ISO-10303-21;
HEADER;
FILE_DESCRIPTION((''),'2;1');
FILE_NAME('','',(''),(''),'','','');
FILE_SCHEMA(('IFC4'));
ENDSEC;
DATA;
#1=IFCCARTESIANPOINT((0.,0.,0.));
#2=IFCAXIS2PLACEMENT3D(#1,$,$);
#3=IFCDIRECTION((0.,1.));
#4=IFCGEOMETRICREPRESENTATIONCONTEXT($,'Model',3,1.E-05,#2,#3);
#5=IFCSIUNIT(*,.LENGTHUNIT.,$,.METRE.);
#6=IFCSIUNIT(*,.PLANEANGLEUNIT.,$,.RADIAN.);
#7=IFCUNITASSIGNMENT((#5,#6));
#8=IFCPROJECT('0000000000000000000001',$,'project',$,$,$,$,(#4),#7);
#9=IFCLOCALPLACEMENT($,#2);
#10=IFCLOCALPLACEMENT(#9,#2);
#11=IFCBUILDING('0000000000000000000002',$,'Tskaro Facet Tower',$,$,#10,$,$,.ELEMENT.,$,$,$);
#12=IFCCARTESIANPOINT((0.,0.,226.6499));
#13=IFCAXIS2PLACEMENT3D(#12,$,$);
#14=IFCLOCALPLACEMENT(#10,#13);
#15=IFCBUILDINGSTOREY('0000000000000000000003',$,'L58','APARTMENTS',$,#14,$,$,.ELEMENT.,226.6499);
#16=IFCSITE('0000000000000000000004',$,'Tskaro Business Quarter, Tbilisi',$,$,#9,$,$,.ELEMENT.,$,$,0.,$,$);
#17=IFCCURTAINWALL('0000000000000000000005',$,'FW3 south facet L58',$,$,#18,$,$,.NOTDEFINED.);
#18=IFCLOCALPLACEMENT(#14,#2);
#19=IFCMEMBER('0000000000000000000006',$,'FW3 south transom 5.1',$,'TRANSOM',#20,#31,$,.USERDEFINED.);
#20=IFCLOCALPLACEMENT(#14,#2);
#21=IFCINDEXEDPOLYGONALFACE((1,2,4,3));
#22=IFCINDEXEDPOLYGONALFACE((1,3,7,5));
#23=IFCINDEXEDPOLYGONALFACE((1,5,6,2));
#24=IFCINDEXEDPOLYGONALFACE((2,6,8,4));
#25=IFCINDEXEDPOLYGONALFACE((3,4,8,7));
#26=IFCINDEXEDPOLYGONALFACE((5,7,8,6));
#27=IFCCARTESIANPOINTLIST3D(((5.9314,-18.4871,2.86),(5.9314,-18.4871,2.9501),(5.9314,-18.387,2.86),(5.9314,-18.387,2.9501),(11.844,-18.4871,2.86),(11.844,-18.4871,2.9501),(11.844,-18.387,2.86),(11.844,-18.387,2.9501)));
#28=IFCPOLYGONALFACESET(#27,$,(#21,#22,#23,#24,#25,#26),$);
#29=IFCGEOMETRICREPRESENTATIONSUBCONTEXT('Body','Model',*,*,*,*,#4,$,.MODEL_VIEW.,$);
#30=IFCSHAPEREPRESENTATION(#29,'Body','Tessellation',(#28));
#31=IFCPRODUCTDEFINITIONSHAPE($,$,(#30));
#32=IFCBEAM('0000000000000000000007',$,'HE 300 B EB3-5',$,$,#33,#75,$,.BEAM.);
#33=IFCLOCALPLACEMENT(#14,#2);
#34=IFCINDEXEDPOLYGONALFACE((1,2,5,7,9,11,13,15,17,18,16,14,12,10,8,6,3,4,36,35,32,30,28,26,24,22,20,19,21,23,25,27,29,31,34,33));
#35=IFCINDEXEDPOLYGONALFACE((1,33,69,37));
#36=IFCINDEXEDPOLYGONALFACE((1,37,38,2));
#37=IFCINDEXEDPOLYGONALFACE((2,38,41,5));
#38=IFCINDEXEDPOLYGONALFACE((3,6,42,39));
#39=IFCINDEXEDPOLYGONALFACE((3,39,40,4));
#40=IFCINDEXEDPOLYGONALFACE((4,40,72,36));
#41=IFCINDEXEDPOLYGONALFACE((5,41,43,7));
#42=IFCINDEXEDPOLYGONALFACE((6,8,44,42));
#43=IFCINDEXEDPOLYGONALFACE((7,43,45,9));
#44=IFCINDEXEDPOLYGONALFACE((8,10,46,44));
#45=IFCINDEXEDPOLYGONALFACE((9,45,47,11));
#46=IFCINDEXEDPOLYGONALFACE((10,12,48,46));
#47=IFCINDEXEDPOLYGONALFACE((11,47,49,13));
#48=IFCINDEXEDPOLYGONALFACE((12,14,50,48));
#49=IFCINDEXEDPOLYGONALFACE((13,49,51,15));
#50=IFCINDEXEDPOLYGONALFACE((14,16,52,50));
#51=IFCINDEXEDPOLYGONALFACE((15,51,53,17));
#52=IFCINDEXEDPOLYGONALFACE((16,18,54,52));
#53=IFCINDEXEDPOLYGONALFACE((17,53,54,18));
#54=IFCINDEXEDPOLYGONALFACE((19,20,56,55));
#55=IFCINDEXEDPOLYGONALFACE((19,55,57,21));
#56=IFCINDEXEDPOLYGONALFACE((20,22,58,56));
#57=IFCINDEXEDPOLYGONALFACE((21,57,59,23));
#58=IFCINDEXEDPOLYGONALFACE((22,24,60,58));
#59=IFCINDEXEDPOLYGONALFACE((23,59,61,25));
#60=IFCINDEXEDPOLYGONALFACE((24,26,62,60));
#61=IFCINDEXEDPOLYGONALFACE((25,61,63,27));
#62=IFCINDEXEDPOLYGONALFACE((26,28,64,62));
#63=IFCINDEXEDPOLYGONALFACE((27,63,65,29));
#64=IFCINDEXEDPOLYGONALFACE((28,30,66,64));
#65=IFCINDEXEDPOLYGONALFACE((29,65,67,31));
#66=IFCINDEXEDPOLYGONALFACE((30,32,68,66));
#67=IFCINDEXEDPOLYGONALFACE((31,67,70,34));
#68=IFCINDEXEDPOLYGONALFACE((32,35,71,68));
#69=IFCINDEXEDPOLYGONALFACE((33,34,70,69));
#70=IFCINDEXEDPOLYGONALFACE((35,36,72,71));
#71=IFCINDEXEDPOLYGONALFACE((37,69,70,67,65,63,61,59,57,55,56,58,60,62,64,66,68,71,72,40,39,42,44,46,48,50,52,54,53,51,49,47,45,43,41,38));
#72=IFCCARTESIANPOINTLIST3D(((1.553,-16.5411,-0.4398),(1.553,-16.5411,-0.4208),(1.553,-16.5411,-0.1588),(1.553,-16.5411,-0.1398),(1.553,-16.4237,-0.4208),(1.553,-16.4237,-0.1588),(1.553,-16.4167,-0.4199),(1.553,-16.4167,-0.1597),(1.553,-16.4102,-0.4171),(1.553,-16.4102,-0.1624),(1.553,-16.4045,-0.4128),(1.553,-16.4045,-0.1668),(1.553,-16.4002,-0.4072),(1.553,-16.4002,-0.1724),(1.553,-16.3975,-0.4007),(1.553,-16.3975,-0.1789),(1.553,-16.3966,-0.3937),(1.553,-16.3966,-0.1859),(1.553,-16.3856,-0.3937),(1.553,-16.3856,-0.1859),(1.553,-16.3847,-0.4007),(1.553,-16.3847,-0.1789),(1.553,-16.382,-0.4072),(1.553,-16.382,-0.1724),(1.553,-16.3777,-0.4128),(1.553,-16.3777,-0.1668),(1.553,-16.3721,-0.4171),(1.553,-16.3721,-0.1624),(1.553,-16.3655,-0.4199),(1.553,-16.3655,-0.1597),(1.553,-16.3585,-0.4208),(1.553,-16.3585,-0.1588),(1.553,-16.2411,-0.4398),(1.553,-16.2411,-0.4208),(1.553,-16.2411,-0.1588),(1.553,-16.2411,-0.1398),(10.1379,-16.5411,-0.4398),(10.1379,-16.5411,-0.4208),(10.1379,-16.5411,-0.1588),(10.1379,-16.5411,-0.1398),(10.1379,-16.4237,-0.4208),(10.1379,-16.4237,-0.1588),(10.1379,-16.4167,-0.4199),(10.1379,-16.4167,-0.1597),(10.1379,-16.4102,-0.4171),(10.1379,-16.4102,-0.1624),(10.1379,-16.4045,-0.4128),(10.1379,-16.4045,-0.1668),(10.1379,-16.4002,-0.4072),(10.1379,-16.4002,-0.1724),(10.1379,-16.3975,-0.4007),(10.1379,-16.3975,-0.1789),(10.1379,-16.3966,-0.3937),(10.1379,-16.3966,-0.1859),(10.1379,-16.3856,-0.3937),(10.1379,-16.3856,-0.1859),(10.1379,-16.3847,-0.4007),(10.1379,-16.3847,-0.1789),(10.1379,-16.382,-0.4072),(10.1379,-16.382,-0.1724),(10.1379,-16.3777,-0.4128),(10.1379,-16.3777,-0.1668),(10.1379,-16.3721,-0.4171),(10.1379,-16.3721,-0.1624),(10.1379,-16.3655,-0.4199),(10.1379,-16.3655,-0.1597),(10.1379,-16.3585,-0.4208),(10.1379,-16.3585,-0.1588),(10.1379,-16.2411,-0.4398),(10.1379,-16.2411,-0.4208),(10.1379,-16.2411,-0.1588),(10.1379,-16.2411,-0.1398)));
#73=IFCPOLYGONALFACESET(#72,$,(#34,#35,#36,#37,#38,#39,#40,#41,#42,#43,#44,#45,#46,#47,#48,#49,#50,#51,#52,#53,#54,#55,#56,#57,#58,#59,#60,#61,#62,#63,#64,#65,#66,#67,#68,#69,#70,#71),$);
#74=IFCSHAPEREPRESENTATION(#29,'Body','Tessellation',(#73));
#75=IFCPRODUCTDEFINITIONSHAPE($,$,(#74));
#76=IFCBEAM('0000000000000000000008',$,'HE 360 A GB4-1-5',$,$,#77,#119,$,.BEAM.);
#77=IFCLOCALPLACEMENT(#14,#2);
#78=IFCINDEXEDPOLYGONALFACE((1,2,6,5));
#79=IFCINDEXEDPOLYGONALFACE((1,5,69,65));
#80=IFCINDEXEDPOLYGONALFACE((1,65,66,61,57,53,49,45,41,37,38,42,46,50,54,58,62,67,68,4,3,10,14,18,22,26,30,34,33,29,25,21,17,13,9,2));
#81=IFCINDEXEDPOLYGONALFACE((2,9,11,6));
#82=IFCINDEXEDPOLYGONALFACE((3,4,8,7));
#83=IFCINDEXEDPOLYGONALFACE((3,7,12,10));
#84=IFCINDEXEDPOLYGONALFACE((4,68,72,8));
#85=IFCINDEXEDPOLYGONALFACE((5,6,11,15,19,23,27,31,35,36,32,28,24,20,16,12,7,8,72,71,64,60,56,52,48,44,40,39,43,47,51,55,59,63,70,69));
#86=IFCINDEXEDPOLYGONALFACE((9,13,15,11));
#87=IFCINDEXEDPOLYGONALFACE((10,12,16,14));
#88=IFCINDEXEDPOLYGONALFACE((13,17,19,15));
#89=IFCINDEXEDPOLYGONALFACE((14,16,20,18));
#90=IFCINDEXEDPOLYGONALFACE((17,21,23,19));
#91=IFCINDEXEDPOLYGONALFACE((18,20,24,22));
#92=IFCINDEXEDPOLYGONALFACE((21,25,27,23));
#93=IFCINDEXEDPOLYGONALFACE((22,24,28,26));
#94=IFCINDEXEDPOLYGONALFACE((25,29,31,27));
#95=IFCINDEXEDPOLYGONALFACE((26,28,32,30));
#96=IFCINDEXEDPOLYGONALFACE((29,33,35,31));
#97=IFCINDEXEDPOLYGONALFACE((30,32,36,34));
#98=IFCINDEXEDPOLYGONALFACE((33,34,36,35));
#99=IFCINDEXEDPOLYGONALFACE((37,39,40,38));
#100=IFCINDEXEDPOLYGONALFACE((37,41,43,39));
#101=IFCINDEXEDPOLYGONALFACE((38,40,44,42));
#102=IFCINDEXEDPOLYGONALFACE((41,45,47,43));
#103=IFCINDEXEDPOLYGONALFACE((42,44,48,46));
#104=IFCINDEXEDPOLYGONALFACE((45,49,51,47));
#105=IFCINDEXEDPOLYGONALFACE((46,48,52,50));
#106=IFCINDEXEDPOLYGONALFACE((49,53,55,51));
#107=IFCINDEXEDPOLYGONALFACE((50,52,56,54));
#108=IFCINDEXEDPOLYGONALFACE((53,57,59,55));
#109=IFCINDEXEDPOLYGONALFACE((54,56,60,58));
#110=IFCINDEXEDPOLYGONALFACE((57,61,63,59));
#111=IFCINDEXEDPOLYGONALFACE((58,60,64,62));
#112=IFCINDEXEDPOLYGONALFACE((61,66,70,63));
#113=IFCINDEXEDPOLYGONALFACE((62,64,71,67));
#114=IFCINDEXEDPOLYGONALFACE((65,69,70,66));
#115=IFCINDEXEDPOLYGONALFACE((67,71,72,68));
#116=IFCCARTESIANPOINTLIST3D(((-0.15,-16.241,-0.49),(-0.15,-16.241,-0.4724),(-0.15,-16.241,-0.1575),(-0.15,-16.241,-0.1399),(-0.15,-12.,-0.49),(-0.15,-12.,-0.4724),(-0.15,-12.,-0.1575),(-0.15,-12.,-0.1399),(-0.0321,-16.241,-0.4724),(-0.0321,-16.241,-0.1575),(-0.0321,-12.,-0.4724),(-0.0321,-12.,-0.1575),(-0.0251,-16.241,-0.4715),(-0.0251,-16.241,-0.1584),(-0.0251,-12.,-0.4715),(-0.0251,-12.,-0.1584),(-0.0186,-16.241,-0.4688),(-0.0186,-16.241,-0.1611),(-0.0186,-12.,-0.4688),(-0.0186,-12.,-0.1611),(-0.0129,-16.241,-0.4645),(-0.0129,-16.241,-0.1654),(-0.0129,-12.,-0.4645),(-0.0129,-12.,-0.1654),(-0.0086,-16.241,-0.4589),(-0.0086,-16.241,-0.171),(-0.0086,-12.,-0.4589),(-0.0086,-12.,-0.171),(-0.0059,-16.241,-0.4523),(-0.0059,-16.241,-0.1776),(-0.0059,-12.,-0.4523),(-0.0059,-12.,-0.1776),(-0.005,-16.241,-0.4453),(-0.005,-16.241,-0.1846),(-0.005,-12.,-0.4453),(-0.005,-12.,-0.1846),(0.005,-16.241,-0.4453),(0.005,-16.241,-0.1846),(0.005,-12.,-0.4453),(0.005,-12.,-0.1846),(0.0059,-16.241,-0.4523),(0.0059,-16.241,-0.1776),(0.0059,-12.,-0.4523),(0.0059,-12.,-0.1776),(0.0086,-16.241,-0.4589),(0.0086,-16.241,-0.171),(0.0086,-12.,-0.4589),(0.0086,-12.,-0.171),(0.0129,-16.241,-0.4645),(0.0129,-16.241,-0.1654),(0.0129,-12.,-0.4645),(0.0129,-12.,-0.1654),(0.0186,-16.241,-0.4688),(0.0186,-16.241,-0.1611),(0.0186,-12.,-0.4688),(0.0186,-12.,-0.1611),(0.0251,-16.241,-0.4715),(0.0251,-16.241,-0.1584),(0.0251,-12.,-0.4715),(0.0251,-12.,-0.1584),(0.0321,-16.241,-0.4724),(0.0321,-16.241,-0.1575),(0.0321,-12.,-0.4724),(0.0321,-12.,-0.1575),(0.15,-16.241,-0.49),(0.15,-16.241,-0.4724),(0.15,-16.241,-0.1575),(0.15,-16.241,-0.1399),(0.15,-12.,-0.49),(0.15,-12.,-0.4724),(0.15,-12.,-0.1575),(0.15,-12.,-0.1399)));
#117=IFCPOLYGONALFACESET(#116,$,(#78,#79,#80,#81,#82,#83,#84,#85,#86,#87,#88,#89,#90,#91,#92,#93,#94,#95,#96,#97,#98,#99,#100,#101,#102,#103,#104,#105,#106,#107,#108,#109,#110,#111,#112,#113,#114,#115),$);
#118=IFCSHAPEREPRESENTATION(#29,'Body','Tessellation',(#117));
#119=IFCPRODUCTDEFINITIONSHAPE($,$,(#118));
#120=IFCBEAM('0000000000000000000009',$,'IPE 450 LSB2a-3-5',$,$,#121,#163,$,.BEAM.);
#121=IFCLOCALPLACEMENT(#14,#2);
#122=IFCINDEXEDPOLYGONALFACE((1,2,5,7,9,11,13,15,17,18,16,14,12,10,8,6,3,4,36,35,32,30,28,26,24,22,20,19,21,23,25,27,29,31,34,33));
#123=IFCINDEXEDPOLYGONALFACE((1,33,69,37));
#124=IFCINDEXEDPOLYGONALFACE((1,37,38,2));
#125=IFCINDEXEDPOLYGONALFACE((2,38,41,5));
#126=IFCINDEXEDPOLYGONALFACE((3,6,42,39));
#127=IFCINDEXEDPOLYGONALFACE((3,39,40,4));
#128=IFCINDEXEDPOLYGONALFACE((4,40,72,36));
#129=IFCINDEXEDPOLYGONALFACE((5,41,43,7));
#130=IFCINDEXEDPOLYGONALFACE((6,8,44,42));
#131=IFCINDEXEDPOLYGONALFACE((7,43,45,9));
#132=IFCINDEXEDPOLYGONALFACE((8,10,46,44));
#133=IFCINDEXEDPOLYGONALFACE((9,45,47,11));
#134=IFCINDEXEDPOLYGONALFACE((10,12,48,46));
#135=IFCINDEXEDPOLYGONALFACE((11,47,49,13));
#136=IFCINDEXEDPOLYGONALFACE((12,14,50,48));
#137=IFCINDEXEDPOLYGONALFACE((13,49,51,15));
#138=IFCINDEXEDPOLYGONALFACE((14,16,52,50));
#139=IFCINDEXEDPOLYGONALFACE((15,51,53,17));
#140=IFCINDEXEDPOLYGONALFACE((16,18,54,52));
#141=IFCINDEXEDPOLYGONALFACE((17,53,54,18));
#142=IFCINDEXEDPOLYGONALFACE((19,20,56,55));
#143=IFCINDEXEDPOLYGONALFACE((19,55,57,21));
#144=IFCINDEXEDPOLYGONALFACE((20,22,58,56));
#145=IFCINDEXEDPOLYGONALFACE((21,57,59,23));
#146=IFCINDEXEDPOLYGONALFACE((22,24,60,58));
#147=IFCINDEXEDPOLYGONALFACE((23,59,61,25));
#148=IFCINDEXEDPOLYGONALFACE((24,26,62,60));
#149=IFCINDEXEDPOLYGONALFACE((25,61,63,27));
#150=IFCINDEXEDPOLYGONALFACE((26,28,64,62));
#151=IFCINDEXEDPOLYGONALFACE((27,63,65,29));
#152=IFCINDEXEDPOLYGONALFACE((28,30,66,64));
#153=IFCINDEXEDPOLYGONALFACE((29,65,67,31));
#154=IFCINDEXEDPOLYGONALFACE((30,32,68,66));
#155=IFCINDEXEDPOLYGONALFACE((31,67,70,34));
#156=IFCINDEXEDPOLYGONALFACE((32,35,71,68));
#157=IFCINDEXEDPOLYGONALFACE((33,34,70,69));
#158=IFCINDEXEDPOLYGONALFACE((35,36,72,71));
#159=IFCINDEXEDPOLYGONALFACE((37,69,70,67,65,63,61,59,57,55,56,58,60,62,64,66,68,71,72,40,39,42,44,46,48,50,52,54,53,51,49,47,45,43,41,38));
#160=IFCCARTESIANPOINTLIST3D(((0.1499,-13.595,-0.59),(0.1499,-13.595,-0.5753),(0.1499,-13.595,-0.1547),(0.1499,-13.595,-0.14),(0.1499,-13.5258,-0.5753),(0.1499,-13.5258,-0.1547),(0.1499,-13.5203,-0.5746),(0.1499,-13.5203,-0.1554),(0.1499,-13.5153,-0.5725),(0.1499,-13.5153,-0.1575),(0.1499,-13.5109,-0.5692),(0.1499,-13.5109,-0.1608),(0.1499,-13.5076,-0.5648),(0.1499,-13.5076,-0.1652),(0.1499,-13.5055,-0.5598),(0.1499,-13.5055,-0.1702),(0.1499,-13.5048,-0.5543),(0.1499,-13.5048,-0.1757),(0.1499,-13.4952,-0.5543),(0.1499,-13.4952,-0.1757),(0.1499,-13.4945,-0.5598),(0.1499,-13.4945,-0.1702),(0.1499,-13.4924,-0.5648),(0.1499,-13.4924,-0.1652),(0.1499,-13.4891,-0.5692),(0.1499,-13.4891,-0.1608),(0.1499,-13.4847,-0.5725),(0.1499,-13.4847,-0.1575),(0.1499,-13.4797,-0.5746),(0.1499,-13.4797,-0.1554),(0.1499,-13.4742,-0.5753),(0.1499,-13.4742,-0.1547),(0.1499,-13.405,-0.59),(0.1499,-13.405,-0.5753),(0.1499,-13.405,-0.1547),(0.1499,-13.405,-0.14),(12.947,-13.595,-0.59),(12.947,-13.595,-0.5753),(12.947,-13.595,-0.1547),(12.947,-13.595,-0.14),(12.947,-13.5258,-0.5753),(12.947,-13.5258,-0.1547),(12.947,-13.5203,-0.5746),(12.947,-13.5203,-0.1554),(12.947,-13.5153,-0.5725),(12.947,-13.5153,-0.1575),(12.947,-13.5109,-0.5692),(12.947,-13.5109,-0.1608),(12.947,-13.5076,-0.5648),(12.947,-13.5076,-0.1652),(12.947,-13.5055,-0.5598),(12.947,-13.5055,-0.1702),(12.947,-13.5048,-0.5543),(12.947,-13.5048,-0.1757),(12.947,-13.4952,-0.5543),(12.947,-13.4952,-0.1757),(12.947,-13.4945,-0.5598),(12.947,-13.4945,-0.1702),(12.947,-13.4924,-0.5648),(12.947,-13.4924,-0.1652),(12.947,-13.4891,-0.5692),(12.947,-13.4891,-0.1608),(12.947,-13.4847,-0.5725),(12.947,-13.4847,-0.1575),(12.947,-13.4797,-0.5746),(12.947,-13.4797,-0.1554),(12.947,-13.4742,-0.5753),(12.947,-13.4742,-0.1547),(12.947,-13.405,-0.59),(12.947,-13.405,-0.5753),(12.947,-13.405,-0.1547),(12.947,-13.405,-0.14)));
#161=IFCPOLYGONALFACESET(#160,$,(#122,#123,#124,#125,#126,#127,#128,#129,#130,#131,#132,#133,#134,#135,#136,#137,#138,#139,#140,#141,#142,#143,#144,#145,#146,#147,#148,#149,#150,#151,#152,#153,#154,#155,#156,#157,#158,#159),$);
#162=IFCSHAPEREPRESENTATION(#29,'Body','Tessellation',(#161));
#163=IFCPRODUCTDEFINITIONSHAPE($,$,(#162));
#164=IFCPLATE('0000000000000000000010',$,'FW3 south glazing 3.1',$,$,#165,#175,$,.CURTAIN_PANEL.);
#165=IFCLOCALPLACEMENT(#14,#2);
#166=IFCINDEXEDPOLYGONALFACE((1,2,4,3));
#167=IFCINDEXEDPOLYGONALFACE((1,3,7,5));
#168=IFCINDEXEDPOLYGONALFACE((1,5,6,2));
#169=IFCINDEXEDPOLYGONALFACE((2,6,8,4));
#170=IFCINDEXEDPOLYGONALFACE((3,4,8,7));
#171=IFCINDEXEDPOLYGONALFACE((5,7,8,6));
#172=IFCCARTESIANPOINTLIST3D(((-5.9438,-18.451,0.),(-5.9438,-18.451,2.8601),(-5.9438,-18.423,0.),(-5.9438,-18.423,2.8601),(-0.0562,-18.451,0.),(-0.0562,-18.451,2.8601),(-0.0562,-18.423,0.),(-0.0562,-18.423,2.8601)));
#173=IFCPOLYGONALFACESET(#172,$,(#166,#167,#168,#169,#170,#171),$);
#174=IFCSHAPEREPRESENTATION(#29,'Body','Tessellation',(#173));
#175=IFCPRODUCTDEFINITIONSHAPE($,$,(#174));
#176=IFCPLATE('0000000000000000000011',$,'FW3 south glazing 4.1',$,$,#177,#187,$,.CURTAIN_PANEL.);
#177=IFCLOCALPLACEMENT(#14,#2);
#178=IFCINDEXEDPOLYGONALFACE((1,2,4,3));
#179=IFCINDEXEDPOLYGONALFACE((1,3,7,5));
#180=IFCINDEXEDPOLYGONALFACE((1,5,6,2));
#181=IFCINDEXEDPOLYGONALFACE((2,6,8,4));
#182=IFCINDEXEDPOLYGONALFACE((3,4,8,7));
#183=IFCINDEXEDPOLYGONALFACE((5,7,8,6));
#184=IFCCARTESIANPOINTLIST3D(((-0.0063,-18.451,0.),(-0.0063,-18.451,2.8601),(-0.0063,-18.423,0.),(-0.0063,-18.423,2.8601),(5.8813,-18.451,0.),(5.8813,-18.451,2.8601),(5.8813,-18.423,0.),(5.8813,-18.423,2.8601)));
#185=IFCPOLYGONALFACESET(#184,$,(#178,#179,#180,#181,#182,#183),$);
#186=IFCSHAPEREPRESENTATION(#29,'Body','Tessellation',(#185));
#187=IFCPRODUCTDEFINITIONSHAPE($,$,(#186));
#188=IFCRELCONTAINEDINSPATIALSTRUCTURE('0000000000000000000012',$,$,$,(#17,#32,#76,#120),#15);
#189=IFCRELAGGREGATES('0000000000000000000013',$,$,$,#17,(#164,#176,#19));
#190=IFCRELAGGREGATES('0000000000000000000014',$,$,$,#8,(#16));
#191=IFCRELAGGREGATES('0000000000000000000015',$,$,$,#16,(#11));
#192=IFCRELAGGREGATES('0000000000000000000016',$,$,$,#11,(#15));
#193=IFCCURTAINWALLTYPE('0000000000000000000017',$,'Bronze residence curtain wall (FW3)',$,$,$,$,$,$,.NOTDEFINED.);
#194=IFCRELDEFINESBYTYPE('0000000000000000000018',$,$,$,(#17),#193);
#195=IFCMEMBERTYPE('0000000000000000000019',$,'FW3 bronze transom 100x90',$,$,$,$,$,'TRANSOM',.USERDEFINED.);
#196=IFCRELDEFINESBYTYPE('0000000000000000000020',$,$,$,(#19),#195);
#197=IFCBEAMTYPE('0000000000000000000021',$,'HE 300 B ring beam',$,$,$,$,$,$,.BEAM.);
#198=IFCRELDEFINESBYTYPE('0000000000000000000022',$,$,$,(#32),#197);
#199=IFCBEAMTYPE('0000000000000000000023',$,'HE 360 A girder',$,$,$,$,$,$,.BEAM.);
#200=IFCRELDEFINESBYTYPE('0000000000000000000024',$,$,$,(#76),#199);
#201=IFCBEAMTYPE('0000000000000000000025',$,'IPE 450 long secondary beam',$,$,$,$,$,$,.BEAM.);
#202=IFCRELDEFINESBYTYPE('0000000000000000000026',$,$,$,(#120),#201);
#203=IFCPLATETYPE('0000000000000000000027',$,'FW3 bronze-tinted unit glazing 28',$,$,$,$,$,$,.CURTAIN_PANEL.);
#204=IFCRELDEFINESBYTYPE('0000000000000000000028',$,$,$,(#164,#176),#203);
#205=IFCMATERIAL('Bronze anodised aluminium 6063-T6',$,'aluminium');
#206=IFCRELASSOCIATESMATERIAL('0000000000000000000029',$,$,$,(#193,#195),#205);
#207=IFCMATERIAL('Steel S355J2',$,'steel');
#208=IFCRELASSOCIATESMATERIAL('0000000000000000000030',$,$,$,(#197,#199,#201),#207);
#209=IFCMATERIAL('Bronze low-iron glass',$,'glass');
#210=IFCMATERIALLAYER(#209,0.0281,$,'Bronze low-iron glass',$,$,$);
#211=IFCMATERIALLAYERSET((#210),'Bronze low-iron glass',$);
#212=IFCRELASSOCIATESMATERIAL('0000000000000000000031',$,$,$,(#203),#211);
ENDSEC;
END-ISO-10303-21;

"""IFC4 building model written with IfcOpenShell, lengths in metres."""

from ifc_helpers import new_model, si_unit, direction, frame, origin, origin_2d, place, context, subcontext, project, spatial, rectangle, i_section, extrude, material, layer, layer_set, material_profile, profile_set, type_object, element, aggregate, save


model = new_model("IFC4")

# Units and contexts
model_context = context("Model", 3, precision=1e-05, world=origin(), true_north=direction((0.0, 1.0)))
body_context = subcontext(model_context, "Body", "Model", "MODEL_VIEW")
ifc_project = project(units=[si_unit("LENGTHUNIT", "METRE"), si_unit("PLANEANGLEUNIT", "RADIAN")], contexts=[model_context])

# Site, building, storey
site_placement = place(None, origin())
site = spatial("IfcSite", under=ifc_project, at=site_placement, Name="Tskaro Business Quarter, Tbilisi", CompositionType="ELEMENT", RefElevation=0.0)
building_placement = place(site_placement, origin())
building = spatial("IfcBuilding", under=site, at=building_placement, Name="Tskaro Facet Tower", CompositionType="ELEMENT")
storey_placement = place(building_placement, frame((0.0, 0.0, 226.6499)))
storey = spatial("IfcBuildingStorey", under=building, at=storey_placement, Name="L58", Description="APARTMENTS", CompositionType="ELEMENT", Elevation=226.6499)

# Shared definitions
ifc_material_1 = material(Name="Steel S355J2", Category="steel")

# Curtain wall, member
ifc_material_2 = material(Name="Bronze anodised aluminium 6063-T6", Category="aluminium")
curtain_wall_type = type_object("IfcCurtainWallType", Name="Bronze residence curtain wall (FW3)", PredefinedType="NOTDEFINED", material=ifc_material_2)
curtain_wall_placement = place(storey_placement, origin())
curtain_wall = element("IfcCurtainWall", 1, at=curtain_wall_placement, inside=storey, type_object=curtain_wall_type, Name="FW3 south facet L58", PredefinedType="NOTDEFINED")
ifc_material_profile_1 = material_profile(ifc_material_2, rectangle(XDim=0.1001, YDim=0.0901, at=origin_2d()), Name="Transom 100x90")
ifc_profile_set_1 = profile_set([ifc_material_profile_1], Name="Bronze anodised aluminium 6063-T6")
member_type_1 = type_object("IfcMemberType", Name="FW3 bronze transom 100x90", ElementType="TRANSOM", PredefinedType="USERDEFINED", material=ifc_profile_set_1)
member_1_placement = place(storey_placement, frame((5.9314, -18.437, 2.905), z_axis=(1.0, 0.0, 0.0), x_axis=(0.0, 1.0, 0.0)))
member_1 = element("IfcMember", 2, at=member_1_placement, type_object=member_type_1, Name="FW3 south transom 5.1", ObjectType="TRANSOM", PredefinedType="USERDEFINED", context=body_context, shape_type="SweptSolid", body=[
    extrude(rectangle(XDim=0.1001, YDim=0.0901, at=origin_2d()), origin(), (0.0, 0.0, 1.0), 5.9126),
])

# Beams
ifc_material_profile_2 = material_profile(ifc_material_1, i_section(OverallWidth=0.3, OverallDepth=0.3, WebThickness=0.011, FlangeThickness=0.019, FilletRadius=0.0271, at=origin_2d()), Name="HE 300 B")
ifc_profile_set_2 = profile_set([ifc_material_profile_2], Name="Steel S355J2")
beam_type_1 = type_object("IfcBeamType", Name="HE 300 B ring beam", PredefinedType="BEAM", material=ifc_profile_set_2)
beam_1_placement = place(storey_placement, frame((1.553, -16.3911, -0.2898), z_axis=(1.0, 0.0, 0.0), x_axis=(0.0, 1.0, 0.0)))
element("IfcBeam", 3, at=beam_1_placement, inside=storey, type_object=beam_type_1, Name="HE 300 B EB3-5", PredefinedType="BEAM", context=body_context, shape_type="SweptSolid", body=[
    extrude(i_section(OverallWidth=0.3, OverallDepth=0.3, WebThickness=0.011, FlangeThickness=0.019, FilletRadius=0.0271, at=origin_2d()), origin(), (0.0, 0.0, 1.0), 8.585),
])
ifc_material_profile_3 = material_profile(ifc_material_1, i_section(OverallWidth=0.3, OverallDepth=0.3501, WebThickness=0.01, FlangeThickness=0.0176, FilletRadius=0.0271, at=origin_2d()), Name="HE 360 A")
ifc_profile_set_3 = profile_set([ifc_material_profile_3], Name="Steel S355J2")
beam_type_2 = type_object("IfcBeamType", Name="HE 360 A girder", PredefinedType="BEAM", material=ifc_profile_set_3)
beam_2_placement = place(storey_placement, frame((0.0, -16.241, -0.3149), z_axis=(0.0, 1.0, 0.0), x_axis=(-1.0, 0.0, 0.0)))
element("IfcBeam", 4, at=beam_2_placement, inside=storey, type_object=beam_type_2, Name="HE 360 A GB4-1-5", PredefinedType="BEAM", context=body_context, shape_type="SweptSolid", body=[
    extrude(i_section(OverallWidth=0.3, OverallDepth=0.3501, WebThickness=0.01, FlangeThickness=0.0176, FilletRadius=0.0271, at=origin_2d()), origin(), (0.0, 0.0, 1.0), 4.241),
])
ifc_material_profile_4 = material_profile(ifc_material_1, i_section(OverallWidth=0.1899, OverallDepth=0.45, WebThickness=0.0095, FlangeThickness=0.0146, FilletRadius=0.021, at=origin_2d()), Name="IPE 450")
ifc_profile_set_4 = profile_set([ifc_material_profile_4], Name="Steel S355J2")
beam_type_3 = type_object("IfcBeamType", Name="IPE 450 long secondary beam", PredefinedType="BEAM", material=ifc_profile_set_4)
beam_3_placement = place(storey_placement, frame((0.1499, -13.5, -0.365), z_axis=(1.0, 0.0, 0.0), x_axis=(0.0, 1.0, 0.0)))
element("IfcBeam", 5, at=beam_3_placement, inside=storey, type_object=beam_type_3, Name="IPE 450 LSB2a-3-5", PredefinedType="BEAM", context=body_context, shape_type="SweptSolid", body=[
    extrude(i_section(OverallWidth=0.1899, OverallDepth=0.45, WebThickness=0.0095, FlangeThickness=0.0146, FilletRadius=0.021, at=origin_2d()), origin(), (0.0, 0.0, 1.0), 12.7971),
])

# Plates
ifc_material_3 = material(Name="Bronze low-iron glass", Category="glass")
ifc_layer_1 = layer(ifc_material_3, 0.0281, Name="Bronze low-iron glass")
ifc_layer_set_1 = layer_set([ifc_layer_1], Name="Bronze low-iron glass")
plate_type = type_object("IfcPlateType", Name="FW3 bronze-tinted unit glazing 28", PredefinedType="CURTAIN_PANEL", material=ifc_layer_set_1)
plate_1_placement = place(storey_placement, frame((-3.0, -18.437, 0.0), z_axis=(0.0, 0.0, 1.0), x_axis=(1.0, 0.0, 0.0)))
plate_1 = element("IfcPlate", 6, at=plate_1_placement, type_object=plate_type, Name="FW3 south glazing 3.1", PredefinedType="CURTAIN_PANEL", context=body_context, shape_type="SweptSolid", body=[
    extrude(rectangle(XDim=5.8877, YDim=0.0281, at=origin_2d()), origin(), (0.0, 0.0, 1.0), 2.8601),
])
plate_2_placement = place(storey_placement, frame((2.9375, -18.437, 0.0), z_axis=(0.0, 0.0, 1.0), x_axis=(1.0, 0.0, 0.0)))
plate_2 = element("IfcPlate", 7, at=plate_2_placement, type_object=plate_type, Name="FW3 south glazing 4.1", PredefinedType="CURTAIN_PANEL", context=body_context, shape_type="SweptSolid", body=[
    extrude(rectangle(XDim=5.8877, YDim=0.0281, at=origin_2d()), origin(), (0.0, 0.0, 1.0), 2.8601),
])
aggregate(curtain_wall, [plate_1, plate_2, member_1])

save(model, "model.ifc")
